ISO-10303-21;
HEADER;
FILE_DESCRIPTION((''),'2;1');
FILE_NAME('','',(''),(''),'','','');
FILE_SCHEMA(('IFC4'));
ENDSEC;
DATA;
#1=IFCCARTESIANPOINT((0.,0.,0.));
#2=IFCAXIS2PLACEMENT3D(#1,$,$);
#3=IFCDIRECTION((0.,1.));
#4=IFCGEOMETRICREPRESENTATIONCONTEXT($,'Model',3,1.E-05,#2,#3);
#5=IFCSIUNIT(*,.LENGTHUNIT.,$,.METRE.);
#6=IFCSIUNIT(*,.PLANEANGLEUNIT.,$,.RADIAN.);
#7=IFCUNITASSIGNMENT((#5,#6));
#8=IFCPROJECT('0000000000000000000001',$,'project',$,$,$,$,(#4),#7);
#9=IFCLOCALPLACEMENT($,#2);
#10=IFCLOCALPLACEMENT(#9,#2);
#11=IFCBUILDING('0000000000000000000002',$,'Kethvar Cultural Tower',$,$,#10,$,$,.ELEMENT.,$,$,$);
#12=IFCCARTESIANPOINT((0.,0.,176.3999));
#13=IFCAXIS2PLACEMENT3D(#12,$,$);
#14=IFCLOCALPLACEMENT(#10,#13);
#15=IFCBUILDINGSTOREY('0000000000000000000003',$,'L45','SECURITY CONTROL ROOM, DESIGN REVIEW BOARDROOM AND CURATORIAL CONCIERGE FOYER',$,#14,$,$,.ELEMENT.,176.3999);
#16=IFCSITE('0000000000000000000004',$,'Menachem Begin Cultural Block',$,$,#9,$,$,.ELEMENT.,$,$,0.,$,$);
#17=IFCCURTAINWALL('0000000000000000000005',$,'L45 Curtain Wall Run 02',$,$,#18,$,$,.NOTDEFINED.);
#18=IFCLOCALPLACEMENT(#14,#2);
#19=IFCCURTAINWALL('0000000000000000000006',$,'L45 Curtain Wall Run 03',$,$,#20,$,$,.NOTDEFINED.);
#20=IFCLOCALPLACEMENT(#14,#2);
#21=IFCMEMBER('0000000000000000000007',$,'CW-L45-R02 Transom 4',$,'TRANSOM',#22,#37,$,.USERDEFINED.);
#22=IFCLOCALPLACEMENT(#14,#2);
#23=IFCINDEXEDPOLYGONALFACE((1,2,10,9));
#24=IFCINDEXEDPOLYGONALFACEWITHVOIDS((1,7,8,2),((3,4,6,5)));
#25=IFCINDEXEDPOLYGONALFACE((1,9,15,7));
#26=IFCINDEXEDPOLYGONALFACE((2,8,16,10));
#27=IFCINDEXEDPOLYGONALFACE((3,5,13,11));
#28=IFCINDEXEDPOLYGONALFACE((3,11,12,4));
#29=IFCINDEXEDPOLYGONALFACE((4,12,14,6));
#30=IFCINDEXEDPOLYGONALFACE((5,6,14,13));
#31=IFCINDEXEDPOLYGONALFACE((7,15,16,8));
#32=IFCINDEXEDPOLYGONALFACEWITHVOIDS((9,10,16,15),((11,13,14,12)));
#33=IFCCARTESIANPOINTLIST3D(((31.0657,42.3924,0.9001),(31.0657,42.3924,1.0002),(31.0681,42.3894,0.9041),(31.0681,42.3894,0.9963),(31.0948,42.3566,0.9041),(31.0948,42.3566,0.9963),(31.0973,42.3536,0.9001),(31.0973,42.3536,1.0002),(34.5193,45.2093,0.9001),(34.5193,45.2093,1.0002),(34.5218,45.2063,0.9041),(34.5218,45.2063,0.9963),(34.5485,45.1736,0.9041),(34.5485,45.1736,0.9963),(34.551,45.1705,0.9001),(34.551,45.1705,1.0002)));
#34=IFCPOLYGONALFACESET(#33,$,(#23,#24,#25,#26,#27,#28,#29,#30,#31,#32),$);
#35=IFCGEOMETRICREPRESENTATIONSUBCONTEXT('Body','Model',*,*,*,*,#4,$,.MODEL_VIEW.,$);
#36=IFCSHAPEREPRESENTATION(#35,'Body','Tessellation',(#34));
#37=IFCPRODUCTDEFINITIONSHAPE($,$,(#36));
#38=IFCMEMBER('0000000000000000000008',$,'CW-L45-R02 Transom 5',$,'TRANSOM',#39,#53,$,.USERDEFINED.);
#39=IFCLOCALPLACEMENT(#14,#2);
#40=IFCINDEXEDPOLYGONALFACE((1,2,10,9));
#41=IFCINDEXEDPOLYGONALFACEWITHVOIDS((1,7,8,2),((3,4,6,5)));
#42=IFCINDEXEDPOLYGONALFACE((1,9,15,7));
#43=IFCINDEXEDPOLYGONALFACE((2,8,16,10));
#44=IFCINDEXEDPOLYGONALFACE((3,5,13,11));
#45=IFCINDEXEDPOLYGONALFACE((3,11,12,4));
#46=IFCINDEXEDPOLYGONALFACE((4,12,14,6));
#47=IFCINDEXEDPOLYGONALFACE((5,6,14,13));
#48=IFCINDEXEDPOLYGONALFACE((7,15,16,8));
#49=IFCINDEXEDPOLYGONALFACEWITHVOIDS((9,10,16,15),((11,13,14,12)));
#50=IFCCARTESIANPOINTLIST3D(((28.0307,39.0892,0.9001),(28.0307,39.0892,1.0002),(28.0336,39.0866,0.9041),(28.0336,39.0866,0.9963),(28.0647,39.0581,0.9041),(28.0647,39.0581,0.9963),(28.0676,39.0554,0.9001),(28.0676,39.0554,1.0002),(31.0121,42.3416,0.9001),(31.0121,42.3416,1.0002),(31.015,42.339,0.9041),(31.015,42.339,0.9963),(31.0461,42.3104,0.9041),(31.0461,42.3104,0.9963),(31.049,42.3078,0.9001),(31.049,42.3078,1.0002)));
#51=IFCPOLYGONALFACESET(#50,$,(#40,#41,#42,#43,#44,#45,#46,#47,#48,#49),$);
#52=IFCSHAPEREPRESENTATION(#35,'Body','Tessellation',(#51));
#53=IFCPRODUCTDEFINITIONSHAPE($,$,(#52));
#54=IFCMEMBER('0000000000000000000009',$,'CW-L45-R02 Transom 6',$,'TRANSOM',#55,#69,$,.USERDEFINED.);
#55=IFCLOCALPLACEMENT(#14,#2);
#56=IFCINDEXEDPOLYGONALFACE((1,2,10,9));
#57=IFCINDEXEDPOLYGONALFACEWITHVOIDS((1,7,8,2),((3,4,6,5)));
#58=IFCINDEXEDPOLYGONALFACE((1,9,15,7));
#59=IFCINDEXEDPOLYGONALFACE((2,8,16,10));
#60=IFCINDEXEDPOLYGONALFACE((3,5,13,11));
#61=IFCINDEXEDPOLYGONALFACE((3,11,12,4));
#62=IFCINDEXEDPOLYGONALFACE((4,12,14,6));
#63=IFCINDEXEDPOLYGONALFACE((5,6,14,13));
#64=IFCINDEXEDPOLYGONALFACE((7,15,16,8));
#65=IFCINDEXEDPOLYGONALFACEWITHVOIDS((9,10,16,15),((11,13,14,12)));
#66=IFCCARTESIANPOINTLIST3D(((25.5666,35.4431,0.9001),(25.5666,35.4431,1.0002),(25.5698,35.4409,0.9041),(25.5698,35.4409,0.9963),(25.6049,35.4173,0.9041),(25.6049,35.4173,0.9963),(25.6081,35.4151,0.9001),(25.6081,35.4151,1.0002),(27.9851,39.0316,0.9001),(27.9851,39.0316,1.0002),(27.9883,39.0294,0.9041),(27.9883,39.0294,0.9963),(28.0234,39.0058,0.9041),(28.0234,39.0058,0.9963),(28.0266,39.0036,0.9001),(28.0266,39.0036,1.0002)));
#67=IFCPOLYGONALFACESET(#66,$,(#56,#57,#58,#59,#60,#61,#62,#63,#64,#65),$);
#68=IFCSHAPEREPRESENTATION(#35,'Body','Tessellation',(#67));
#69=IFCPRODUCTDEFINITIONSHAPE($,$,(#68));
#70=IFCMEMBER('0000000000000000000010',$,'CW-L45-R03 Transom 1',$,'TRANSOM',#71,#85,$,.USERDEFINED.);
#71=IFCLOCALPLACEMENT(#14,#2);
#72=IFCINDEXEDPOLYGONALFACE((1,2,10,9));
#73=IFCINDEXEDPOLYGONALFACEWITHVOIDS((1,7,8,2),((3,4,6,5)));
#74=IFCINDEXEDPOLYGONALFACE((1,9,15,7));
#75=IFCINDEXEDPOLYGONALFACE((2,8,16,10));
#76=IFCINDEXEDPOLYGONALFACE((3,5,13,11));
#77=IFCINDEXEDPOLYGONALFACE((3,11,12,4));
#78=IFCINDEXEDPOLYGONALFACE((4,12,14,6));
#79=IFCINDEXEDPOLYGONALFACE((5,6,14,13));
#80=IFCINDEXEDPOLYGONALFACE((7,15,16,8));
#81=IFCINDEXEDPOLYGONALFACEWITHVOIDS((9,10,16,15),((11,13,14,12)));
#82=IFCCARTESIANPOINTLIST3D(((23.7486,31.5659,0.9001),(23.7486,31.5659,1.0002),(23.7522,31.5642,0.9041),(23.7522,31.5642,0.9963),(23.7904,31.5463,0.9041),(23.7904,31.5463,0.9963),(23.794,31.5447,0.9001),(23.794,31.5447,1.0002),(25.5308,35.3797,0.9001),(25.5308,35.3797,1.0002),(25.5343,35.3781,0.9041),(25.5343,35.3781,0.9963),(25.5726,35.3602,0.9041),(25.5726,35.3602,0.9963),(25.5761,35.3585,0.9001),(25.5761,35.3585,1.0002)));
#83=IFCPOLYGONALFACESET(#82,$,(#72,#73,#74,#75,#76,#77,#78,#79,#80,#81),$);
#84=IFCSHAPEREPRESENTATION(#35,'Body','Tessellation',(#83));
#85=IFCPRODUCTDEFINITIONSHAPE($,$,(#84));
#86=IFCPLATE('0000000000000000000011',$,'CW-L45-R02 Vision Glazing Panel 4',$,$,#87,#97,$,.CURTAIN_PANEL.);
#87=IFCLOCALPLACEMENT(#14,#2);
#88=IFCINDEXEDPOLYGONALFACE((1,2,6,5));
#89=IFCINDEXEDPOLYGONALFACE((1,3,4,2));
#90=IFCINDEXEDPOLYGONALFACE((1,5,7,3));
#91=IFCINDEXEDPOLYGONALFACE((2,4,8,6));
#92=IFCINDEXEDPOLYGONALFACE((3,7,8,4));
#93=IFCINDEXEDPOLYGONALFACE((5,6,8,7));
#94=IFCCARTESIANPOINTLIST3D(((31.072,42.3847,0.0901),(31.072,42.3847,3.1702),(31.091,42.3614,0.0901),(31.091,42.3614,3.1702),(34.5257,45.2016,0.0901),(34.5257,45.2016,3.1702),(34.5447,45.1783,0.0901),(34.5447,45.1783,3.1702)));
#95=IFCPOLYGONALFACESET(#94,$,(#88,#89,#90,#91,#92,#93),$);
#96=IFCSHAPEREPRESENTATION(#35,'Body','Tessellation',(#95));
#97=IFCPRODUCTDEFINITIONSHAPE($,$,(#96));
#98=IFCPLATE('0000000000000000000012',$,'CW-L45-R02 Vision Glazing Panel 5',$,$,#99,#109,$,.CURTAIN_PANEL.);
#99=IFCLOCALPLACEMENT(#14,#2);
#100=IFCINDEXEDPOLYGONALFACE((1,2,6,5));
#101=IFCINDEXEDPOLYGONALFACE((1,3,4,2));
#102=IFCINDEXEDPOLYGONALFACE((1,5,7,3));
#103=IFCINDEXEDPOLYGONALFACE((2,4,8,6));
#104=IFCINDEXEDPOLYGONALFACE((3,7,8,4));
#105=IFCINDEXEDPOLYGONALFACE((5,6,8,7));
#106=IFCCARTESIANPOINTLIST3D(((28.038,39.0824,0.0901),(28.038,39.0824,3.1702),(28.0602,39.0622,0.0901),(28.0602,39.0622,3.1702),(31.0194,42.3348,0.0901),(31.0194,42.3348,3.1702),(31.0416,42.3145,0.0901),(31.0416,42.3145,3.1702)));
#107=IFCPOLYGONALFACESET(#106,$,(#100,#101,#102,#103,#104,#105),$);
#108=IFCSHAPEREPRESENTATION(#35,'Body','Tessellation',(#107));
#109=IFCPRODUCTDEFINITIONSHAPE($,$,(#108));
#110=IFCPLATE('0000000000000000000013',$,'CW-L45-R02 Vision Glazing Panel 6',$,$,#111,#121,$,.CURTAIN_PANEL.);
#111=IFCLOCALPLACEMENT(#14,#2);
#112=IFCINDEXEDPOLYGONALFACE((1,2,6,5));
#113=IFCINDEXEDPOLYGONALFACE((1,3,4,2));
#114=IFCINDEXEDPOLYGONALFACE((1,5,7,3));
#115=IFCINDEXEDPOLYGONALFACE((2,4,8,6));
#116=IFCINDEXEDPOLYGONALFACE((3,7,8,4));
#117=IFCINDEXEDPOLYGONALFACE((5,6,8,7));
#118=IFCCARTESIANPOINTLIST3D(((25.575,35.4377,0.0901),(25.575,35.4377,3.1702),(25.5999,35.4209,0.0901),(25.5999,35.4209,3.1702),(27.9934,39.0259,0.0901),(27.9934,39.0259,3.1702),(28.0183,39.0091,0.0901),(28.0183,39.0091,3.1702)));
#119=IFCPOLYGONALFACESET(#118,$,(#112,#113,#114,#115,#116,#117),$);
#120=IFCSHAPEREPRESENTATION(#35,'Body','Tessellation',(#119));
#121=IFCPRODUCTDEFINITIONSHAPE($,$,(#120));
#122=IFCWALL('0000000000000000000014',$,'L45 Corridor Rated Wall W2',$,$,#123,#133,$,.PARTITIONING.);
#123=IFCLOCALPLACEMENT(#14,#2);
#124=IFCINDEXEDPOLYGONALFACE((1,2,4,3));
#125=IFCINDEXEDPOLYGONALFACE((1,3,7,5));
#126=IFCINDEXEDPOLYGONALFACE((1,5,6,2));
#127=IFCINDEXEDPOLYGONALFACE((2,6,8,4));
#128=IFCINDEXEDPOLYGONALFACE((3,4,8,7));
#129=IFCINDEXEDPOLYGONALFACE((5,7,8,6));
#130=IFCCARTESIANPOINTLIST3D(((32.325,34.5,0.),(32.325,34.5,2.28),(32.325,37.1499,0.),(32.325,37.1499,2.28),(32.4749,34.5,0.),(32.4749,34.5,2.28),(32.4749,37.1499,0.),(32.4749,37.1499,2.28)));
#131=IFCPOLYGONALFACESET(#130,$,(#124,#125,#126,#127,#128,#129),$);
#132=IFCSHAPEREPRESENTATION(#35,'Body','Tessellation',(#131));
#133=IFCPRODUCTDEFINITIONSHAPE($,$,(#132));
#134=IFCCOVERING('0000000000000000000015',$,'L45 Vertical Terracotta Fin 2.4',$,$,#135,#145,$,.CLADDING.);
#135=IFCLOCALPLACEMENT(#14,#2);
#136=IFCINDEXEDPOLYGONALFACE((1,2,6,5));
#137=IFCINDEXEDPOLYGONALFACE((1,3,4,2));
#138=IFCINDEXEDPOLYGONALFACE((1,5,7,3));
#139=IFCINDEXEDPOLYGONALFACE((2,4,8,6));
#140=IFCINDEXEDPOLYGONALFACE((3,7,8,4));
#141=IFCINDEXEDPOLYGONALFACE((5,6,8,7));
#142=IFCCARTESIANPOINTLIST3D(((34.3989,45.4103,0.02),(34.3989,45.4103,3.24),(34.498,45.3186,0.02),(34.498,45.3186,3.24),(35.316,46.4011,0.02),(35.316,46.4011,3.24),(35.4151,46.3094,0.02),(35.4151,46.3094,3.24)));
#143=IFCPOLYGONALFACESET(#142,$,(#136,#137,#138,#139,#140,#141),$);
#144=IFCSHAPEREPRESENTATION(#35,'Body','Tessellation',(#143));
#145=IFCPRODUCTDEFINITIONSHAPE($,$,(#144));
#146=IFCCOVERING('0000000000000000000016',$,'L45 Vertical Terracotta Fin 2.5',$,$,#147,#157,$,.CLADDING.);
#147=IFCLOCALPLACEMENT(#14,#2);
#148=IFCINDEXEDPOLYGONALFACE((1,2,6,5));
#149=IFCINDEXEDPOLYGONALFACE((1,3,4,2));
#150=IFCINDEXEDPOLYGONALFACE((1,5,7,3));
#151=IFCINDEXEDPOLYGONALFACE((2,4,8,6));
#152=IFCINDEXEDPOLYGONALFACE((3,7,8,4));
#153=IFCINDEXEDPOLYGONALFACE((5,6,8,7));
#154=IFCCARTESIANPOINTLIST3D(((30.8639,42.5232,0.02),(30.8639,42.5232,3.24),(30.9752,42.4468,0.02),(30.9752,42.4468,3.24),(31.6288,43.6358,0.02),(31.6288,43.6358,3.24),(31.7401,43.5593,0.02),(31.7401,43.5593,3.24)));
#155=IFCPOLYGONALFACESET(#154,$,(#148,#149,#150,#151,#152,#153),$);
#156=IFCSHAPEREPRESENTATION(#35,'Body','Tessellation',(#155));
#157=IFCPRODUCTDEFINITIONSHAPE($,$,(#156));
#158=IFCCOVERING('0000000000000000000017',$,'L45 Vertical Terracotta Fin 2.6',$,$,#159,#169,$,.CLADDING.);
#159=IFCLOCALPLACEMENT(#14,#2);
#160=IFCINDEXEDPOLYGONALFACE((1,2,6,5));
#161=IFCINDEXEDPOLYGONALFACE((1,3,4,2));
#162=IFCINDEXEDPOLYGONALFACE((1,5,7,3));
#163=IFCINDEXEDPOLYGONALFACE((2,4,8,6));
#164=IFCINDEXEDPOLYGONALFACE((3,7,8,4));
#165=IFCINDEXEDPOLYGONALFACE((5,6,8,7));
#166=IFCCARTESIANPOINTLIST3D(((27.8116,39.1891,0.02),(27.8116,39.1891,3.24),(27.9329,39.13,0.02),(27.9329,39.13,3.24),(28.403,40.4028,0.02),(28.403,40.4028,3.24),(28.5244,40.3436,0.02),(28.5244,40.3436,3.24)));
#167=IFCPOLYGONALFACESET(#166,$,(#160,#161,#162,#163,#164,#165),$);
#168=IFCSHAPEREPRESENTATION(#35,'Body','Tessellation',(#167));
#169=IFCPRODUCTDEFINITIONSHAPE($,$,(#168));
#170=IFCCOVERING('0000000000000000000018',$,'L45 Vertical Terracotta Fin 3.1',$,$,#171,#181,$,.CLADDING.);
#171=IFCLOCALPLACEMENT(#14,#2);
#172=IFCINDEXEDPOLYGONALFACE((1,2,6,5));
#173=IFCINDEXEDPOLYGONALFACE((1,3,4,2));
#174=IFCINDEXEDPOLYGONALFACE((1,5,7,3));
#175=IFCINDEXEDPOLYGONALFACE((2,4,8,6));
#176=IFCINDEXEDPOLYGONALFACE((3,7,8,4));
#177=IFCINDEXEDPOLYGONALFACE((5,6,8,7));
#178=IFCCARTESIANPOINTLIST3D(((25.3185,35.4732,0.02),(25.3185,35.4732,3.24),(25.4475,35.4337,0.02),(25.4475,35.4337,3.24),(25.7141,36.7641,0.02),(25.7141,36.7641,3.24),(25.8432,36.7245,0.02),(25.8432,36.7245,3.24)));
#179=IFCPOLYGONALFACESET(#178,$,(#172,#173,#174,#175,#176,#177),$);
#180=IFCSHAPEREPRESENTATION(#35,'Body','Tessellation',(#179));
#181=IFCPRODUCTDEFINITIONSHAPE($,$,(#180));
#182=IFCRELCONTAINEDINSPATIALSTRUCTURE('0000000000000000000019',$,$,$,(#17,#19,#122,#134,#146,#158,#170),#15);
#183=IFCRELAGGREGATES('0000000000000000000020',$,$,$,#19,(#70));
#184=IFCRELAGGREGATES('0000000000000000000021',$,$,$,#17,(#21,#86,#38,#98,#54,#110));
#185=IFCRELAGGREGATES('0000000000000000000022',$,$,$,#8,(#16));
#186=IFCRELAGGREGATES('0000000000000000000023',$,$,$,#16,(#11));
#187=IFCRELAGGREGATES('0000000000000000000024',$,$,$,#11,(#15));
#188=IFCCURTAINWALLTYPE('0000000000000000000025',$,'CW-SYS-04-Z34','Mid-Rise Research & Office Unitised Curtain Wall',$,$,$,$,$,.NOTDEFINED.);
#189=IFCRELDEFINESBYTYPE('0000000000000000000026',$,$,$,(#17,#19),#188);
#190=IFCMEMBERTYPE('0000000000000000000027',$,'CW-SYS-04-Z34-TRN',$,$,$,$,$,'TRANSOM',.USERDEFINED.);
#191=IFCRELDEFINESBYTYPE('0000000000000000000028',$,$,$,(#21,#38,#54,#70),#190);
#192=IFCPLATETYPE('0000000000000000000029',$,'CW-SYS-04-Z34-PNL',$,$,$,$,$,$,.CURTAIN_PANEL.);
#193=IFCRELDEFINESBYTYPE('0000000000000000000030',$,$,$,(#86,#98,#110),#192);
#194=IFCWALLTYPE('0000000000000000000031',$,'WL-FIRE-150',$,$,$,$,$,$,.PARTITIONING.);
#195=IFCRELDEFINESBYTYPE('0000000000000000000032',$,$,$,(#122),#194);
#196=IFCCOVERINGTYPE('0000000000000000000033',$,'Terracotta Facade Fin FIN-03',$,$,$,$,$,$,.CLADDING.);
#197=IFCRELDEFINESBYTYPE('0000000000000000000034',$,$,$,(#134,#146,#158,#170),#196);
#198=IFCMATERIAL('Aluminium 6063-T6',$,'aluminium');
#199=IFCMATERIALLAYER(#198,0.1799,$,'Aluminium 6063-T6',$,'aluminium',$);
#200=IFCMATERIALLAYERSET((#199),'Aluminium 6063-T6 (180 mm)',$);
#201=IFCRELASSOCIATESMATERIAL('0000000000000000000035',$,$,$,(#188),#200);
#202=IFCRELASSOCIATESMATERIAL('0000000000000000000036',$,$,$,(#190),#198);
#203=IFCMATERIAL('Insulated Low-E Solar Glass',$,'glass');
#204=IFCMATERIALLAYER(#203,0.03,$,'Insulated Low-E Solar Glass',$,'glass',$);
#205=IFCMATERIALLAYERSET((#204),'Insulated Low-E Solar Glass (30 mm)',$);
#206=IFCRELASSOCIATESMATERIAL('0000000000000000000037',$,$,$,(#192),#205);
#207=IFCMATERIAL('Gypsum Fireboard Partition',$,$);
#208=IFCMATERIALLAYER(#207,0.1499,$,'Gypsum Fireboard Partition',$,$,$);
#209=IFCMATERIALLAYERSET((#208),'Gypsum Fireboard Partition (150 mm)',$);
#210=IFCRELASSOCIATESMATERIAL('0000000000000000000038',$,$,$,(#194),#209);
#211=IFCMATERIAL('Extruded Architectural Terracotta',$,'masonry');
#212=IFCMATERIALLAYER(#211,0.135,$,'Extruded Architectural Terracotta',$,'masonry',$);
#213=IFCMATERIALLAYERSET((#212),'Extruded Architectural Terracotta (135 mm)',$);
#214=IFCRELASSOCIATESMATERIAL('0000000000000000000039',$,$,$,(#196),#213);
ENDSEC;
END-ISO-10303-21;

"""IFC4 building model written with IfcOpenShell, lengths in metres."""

from ifc_helpers import new_model, si_unit, direction, frame, frame_2d, origin, origin_2d, place, context, subcontext, project, spatial, rectangle, hollow_rectangle, extrude, source, transform, mapped, material, layer, layer_set, material_profile, profile_set, type_object, element, aggregate, save


model = new_model("IFC4")

# Units and contexts
model_context = context("Model", 3, precision=1e-05, world=origin(), true_north=direction((0.0, 1.0)))
body_context = subcontext(model_context, "Body", "Model", "MODEL_VIEW")
ifc_project = project(units=[si_unit("LENGTHUNIT", "METRE"), si_unit("PLANEANGLEUNIT", "RADIAN")], contexts=[model_context])

# Site, building, storey
site_placement = place(None, origin())
site = spatial("IfcSite", under=ifc_project, at=site_placement, Name="Menachem Begin Cultural Block", CompositionType="ELEMENT", RefElevation=0.0)
building_placement = place(site_placement, origin())
building = spatial("IfcBuilding", under=site, at=building_placement, Name="Kethvar Cultural Tower", CompositionType="ELEMENT")
storey_placement = place(building_placement, frame((0.0, 0.0, 176.3999)))
storey = spatial("IfcBuildingStorey", under=building, at=storey_placement, Name="L45", Description="SECURITY CONTROL ROOM, DESIGN REVIEW BOARDROOM AND CURATORIAL CONCIERGE FOYER", CompositionType="ELEMENT", Elevation=176.3999)

# Curtain wall
ifc_material_1 = material(Name="Aluminium 6063-T6", Category="aluminium")
ifc_layer_1 = layer(ifc_material_1, 0.1799, Name="Aluminium 6063-T6", Category="aluminium")
ifc_layer_set_1 = layer_set([ifc_layer_1], Name="Aluminium 6063-T6 (180 mm)")
curtain_wall_type = type_object("IfcCurtainWallType", Name="CW-SYS-04-Z34", Description="Mid-Rise Research & Office Unitised Curtain Wall", PredefinedType="NOTDEFINED", material=ifc_layer_set_1)
curtain_wall_1_placement = place(storey_placement, origin())
curtain_wall_1 = element("IfcCurtainWall", 1, at=curtain_wall_1_placement, inside=storey, type_object=curtain_wall_type, Name="L45 Curtain Wall Run 02", PredefinedType="NOTDEFINED")

# Curtain wall
curtain_wall_2_placement = place(storey_placement, origin())
curtain_wall_2 = element("IfcCurtainWall", 2, at=curtain_wall_2_placement, inside=storey, type_object=curtain_wall_type, Name="L45 Curtain Wall Run 03", PredefinedType="NOTDEFINED")

# Members
ifc_material_profile_1 = material_profile(ifc_material_1, hollow_rectangle(XDim=0.05, YDim=0.1001, WallThickness=0.0039, at=origin_2d()), Name="Aluminium 6063-T6 — RHS100x50x4")
ifc_profile_set_1 = profile_set([ifc_material_profile_1], Name="Aluminium 6063-T6 — RHS100x50x4")
member_type_1 = type_object("IfcMemberType", Name="CW-SYS-04-Z34-TRN", ElementType="TRANSOM", PredefinedType="USERDEFINED", material=ifc_profile_set_1)
shared_shape_1 = source(origin(), body_context, "Body", "SweptSolid", [
    extrude(hollow_rectangle(XDim=0.05, YDim=0.1001, WallThickness=0.0039, at=origin_2d()), origin(), (0.0, 0.0, 1.0), 4.4568),
])
member_1_placement = place(storey_placement, frame((34.5352, 45.1899, 0.9502), z_axis=(-0.774923, -0.632056, 0.0), x_axis=(0.632056, -0.774923, 0.0)))
member_1 = element("IfcMember", 3, at=member_1_placement, type_object=member_type_1, Name="CW-L45-R02 Transom 4", ObjectType="TRANSOM", PredefinedType="USERDEFINED", context=body_context, shape_type="MappedRepresentation", body=[
    mapped(shared_shape_1, transform((0.0, 0.0, 0.0), scale=1.0)),
])
shared_shape_2 = source(origin(), body_context, "Body", "SweptSolid", [
    extrude(hollow_rectangle(XDim=0.05, YDim=0.1001, WallThickness=0.0039, at=origin_2d()), origin(), (0.0, 0.0, 1.0), 4.4121),
])
member_2_placement = place(storey_placement, frame((31.0305, 42.3247, 0.9502), z_axis=(-0.67573, -0.73715, 0.0), x_axis=(0.73715, -0.67573, 0.0)))
member_2 = element("IfcMember", 4, at=member_2_placement, type_object=member_type_1, Name="CW-L45-R02 Transom 5", ObjectType="TRANSOM", PredefinedType="USERDEFINED", context=body_context, shape_type="MappedRepresentation", body=[
    mapped(shared_shape_2, transform((0.0, 0.0, 0.0), scale=1.0)),
])
shared_shape_3 = source(origin(), body_context, "Body", "SweptSolid", [
    extrude(hollow_rectangle(XDim=0.05, YDim=0.1001, WallThickness=0.0039, at=origin_2d()), origin(), (0.0, 0.0, 1.0), 4.3274),
])
member_3_placement = place(storey_placement, frame((28.0059, 39.0176, 0.9502), z_axis=(-0.558886, -0.829245, 0.0), x_axis=(0.829245, -0.558886, 0.0)))
member_3 = element("IfcMember", 5, at=member_3_placement, type_object=member_type_1, Name="CW-L45-R02 Transom 6", ObjectType="TRANSOM", PredefinedType="USERDEFINED", context=body_context, shape_type="MappedRepresentation", body=[
    mapped(shared_shape_3, transform((0.0, 0.0, 0.0), scale=1.0)),
])
shared_shape_4 = source(origin(), body_context, "Body", "SweptSolid", [
    extrude(hollow_rectangle(XDim=0.05, YDim=0.1001, WallThickness=0.0039, at=origin_2d()), origin(), (0.0, 0.0, 1.0), 4.2097),
])
member_4_placement = place(storey_placement, frame((25.5535, 35.3691, 0.9502), z_axis=(-0.423349, -0.905967, 0.0), x_axis=(0.905967, -0.423349, 0.0)))
member_4 = element("IfcMember", 6, at=member_4_placement, type_object=member_type_1, Name="CW-L45-R03 Transom 1", ObjectType="TRANSOM", PredefinedType="USERDEFINED", context=body_context, shape_type="MappedRepresentation", body=[
    mapped(shared_shape_4, transform((0.0, 0.0, 0.0), scale=1.0)),
])
aggregate(curtain_wall_2, [member_4])

# Plates
ifc_material_2 = material(Name="Insulated Low-E Solar Glass", Category="glass")
ifc_layer_2 = layer(ifc_material_2, 0.03, Name="Insulated Low-E Solar Glass", Category="glass")
ifc_layer_set_2 = layer_set([ifc_layer_2], Name="Insulated Low-E Solar Glass (30 mm)")
plate_type = type_object("IfcPlateType", Name="CW-SYS-04-Z34-PNL", PredefinedType="CURTAIN_PANEL", material=ifc_layer_set_2)
shared_shape_5 = source(origin(), body_context, "Body", "SweptSolid", [
    extrude(rectangle(XDim=4.4568, YDim=0.03, at=origin_2d()), origin(), (0.0, 0.0, 1.0), 3.0801),
])
plate_1_placement = place(storey_placement, frame((32.8083, 43.7815, 0.0901), z_axis=(0.0, 0.0, 1.0), x_axis=(-0.774922, -0.632056, 0.0)))
plate_1 = element("IfcPlate", 7, at=plate_1_placement, type_object=plate_type, Name="CW-L45-R02 Vision Glazing Panel 4", PredefinedType="CURTAIN_PANEL", context=body_context, shape_type="MappedRepresentation", body=[
    mapped(shared_shape_5, transform((0.0, 0.0, 0.0), scale=1.0)),
])
shared_shape_6 = source(origin(), body_context, "Body", "SweptSolid", [
    extrude(rectangle(XDim=4.4121, YDim=0.03, at=origin_2d()), origin(), (0.0, 0.0, 1.0), 3.0801),
])
plate_2_placement = place(storey_placement, frame((29.5398, 40.6985, 0.0901), z_axis=(0.0, 0.0, 1.0), x_axis=(-0.675732, -0.737148, 0.0)))
plate_2 = element("IfcPlate", 8, at=plate_2_placement, type_object=plate_type, Name="CW-L45-R02 Vision Glazing Panel 5", PredefinedType="CURTAIN_PANEL", context=body_context, shape_type="MappedRepresentation", body=[
    mapped(shared_shape_6, transform((0.0, 0.0, 0.0), scale=1.0)),
])
shared_shape_7 = source(origin(), body_context, "Body", "SweptSolid", [
    extrude(rectangle(XDim=4.3271, YDim=0.03, at=origin_2d()), origin(), (0.0, 0.0, 1.0), 3.0801),
])
plate_3_placement = place(storey_placement, frame((26.7966, 37.2234, 0.0901), z_axis=(0.0, 0.0, 1.0), x_axis=(-0.558889, -0.829242, 0.0)))
plate_3 = element("IfcPlate", 9, at=plate_3_placement, type_object=plate_type, Name="CW-L45-R02 Vision Glazing Panel 6", PredefinedType="CURTAIN_PANEL", context=body_context, shape_type="MappedRepresentation", body=[
    mapped(shared_shape_7, transform((0.0, 0.0, 0.0), scale=1.0)),
])
aggregate(curtain_wall_1, [member_1, plate_1, member_2, plate_2, member_3, plate_3])

# Wall
ifc_material_3 = material(Name="Gypsum Fireboard Partition")
ifc_layer_3 = layer(ifc_material_3, 0.1499, Name="Gypsum Fireboard Partition")
ifc_layer_set_3 = layer_set([ifc_layer_3], Name="Gypsum Fireboard Partition (150 mm)")
wall_type = type_object("IfcWallType", Name="WL-FIRE-150", PredefinedType="PARTITIONING", material=ifc_layer_set_3)
wall_placement = place(storey_placement, frame((32.3999, 37.1499, 0.0), z_axis=(0.0, 0.0, 1.0), x_axis=(0.0, -1.0, 0.0)))
element("IfcWall", 10, at=wall_placement, inside=storey, type_object=wall_type, Name="L45 Corridor Rated Wall W2", PredefinedType="PARTITIONING", context=body_context, shape_type="SweptSolid", body=[
    extrude(rectangle(XDim=2.6499, YDim=0.1499, at=frame_2d((1.325, 0.0))), origin(), (0.0, 0.0, 1.0), 2.28),
])

# Coverings
ifc_material_4 = material(Name="Extruded Architectural Terracotta", Category="masonry")
ifc_layer_4 = layer(ifc_material_4, 0.135, Name="Extruded Architectural Terracotta", Category="masonry")
ifc_layer_set_4 = layer_set([ifc_layer_4], Name="Extruded Architectural Terracotta (135 mm)")
covering_type = type_object("IfcCoveringType", Name="Terracotta Facade Fin FIN-03", PredefinedType="CLADDING", material=ifc_layer_set_4)
shared_shape_8 = source(origin(), body_context, "Body", "SweptSolid", [
    extrude(rectangle(XDim=1.3501, YDim=0.135, at=origin_2d()), origin(), (0.0, 0.0, 1.0), 3.22),
])
for number, where, z_axis, x_axis, name in (
    (11, (34.907, 45.8599, 0.02), (0.0, 0.0, 1.0), (0.679313, 0.733848, 0.0), "L45 Vertical Terracotta Fin 2.4"),
    (12, (31.302, 43.0413, 0.02), (0.0, 0.0, 1.0), (0.56655, 0.824027, 0.0), "L45 Vertical Terracotta Fin 2.5"),
    (13, (28.168, 39.7664, 0.02), (0.0, 0.0, 1.0), (0.438057, 0.898947, 0.0), "L45 Vertical Terracotta Fin 2.6"),
    (14, (25.5808, 36.0989, 0.02), (0.0, 0.0, 1.0), (0.293039, 0.9561, 0.0), "L45 Vertical Terracotta Fin 3.1"),
):
    element("IfcCovering", number, at=place(storey_placement, frame(where, z_axis=z_axis, x_axis=x_axis)), inside=storey, type_object=covering_type, Name=name, PredefinedType="CLADDING", context=body_context, shape_type="MappedRepresentation", body=[
        mapped(shared_shape_8, transform((0.0, 0.0, 0.0), scale=1.0)),
    ])

save(model, "model.ifc")
